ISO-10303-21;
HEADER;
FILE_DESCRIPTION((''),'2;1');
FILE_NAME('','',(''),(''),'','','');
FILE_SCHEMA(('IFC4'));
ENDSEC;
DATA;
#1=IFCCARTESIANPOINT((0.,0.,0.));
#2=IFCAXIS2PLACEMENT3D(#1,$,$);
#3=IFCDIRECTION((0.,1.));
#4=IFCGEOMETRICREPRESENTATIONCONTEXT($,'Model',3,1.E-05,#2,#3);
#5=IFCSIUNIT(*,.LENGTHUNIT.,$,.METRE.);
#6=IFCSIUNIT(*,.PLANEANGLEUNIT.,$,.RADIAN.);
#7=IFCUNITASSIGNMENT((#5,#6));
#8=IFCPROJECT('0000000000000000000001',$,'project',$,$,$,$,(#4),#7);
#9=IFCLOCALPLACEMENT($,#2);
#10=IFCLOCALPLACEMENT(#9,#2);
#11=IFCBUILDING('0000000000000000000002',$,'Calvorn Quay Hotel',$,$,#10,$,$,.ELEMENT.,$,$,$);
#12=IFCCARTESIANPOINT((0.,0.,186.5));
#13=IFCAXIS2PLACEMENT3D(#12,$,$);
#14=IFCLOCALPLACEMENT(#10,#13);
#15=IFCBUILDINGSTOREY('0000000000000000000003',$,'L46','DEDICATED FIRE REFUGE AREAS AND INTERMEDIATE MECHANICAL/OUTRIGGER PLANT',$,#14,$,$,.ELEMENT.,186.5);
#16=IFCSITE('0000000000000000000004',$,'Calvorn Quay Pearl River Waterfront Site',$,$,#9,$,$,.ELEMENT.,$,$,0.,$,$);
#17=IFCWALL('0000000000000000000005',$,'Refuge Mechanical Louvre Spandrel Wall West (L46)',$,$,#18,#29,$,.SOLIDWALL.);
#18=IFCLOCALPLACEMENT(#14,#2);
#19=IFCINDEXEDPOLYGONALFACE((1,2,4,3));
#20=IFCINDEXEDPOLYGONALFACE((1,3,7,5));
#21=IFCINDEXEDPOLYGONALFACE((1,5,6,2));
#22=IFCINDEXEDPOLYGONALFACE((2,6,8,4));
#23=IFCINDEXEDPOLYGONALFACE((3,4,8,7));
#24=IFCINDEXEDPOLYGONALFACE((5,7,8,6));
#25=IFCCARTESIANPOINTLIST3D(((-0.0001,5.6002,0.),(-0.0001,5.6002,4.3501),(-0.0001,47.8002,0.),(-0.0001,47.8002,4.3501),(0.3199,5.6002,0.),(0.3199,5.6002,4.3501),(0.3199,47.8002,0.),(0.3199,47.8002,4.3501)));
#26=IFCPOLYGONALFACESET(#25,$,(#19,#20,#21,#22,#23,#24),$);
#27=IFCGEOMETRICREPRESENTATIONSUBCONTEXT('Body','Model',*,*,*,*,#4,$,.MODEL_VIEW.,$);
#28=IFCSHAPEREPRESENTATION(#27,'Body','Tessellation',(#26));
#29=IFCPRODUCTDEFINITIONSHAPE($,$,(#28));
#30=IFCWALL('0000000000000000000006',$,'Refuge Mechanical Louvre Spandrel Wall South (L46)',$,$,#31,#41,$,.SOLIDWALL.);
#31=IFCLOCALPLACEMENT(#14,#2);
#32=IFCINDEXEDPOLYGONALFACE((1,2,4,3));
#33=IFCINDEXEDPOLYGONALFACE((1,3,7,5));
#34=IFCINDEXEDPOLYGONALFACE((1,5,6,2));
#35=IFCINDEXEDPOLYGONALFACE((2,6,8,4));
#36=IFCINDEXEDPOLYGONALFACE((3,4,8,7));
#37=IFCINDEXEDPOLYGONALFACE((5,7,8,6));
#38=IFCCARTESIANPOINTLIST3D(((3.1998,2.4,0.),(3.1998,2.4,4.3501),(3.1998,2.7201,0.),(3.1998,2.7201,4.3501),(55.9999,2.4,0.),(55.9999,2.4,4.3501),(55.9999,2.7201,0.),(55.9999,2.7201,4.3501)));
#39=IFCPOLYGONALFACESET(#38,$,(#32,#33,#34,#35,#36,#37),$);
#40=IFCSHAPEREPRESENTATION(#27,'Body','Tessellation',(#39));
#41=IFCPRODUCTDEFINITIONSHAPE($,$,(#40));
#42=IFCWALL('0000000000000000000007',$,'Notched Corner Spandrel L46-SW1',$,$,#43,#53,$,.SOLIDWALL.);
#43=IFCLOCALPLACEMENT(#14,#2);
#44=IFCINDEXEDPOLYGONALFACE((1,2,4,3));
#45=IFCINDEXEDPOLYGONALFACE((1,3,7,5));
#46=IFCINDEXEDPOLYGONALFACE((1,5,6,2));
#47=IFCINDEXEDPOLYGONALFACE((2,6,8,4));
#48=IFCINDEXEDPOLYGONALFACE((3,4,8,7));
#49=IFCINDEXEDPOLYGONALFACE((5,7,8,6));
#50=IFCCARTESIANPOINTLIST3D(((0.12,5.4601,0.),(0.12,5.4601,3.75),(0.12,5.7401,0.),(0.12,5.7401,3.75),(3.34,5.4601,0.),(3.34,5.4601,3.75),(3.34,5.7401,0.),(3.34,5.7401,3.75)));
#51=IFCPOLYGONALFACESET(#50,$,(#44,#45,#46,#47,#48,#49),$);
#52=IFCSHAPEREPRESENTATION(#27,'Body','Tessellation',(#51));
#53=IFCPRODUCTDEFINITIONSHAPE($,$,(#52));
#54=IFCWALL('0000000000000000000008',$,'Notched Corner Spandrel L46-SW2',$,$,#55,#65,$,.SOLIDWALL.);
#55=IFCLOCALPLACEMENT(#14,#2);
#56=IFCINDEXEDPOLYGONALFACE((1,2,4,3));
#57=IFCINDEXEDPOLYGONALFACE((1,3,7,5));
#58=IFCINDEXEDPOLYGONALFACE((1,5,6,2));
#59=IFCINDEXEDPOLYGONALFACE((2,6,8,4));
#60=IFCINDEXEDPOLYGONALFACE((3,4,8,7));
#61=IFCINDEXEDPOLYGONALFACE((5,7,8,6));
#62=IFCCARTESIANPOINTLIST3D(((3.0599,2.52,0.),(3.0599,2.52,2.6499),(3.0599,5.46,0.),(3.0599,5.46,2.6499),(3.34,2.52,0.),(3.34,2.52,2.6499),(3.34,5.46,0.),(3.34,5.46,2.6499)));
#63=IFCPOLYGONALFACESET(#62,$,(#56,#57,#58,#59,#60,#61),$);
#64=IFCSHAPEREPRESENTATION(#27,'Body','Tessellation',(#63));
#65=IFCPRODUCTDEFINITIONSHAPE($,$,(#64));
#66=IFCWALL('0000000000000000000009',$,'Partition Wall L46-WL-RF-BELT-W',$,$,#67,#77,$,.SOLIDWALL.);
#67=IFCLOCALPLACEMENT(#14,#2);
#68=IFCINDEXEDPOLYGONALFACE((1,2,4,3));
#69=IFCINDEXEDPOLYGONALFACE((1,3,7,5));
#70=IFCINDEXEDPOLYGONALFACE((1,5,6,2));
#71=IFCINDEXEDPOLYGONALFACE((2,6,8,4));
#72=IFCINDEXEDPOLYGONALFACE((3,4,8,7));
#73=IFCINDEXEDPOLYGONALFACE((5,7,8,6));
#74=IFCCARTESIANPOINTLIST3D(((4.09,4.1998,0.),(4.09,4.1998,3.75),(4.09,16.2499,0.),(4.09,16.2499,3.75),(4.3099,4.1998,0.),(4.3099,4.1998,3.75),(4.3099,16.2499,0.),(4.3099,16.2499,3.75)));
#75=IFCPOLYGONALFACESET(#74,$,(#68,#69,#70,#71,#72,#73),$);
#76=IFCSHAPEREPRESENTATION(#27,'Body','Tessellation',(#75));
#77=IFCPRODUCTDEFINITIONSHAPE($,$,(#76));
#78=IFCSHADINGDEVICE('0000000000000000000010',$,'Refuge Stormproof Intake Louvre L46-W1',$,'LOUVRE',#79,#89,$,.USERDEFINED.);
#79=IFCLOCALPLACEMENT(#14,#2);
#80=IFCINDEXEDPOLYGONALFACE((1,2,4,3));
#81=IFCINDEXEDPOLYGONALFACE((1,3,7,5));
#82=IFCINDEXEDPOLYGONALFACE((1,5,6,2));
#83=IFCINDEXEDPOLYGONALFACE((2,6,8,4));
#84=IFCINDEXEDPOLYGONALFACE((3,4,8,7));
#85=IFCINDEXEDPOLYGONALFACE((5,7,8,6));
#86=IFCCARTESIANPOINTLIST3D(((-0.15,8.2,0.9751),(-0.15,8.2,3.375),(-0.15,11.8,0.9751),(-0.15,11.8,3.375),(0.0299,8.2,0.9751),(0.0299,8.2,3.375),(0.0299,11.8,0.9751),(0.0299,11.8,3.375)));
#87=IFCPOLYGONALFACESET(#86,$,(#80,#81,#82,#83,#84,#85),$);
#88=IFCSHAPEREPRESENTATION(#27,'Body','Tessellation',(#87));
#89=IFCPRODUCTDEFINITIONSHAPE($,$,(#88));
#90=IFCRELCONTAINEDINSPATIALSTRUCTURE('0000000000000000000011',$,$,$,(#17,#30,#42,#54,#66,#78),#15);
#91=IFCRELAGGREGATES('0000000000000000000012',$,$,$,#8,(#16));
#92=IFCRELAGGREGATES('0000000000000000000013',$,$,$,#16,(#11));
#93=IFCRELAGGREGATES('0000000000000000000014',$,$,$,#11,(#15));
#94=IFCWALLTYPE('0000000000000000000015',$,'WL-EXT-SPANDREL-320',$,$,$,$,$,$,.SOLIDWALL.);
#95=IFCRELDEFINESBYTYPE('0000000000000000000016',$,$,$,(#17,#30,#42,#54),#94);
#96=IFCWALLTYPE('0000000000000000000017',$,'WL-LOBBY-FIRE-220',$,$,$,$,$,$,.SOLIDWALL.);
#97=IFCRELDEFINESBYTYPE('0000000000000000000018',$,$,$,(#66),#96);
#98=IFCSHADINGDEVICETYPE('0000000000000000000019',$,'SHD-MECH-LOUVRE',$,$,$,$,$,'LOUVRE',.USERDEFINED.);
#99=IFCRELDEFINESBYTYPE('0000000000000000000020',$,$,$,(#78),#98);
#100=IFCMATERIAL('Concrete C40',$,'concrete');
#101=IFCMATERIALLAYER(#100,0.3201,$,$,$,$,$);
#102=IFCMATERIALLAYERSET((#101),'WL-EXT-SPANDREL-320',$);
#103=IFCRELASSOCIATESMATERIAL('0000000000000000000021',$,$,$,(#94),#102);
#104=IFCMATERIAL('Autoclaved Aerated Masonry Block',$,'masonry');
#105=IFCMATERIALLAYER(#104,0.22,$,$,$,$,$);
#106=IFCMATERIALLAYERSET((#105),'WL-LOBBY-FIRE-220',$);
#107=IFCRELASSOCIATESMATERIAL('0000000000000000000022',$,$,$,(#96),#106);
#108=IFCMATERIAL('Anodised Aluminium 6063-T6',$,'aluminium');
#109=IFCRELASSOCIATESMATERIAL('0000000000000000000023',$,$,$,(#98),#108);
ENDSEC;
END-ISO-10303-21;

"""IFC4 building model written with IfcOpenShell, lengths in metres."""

from ifc_helpers import new_model, si_unit, direction, frame, frame_2d, origin, origin_2d, place, context, subcontext, project, spatial, rectangle, extrude, material, layer, layer_set, type_object, element, save


model = new_model("IFC4")

# Units and contexts
model_context = context("Model", 3, precision=1e-05, world=origin(), true_north=direction((0.0, 1.0)))
body_context = subcontext(model_context, "Body", "Model", "MODEL_VIEW")
ifc_project = project(units=[si_unit("LENGTHUNIT", "METRE"), si_unit("PLANEANGLEUNIT", "RADIAN")], contexts=[model_context])

# Site, building, storey
site_placement = place(None, origin())
site = spatial("IfcSite", under=ifc_project, at=site_placement, Name="Calvorn Quay Pearl River Waterfront Site", CompositionType="ELEMENT", RefElevation=0.0)
building_placement = place(site_placement, origin())
building = spatial("IfcBuilding", under=site, at=building_placement, Name="Calvorn Quay Hotel", CompositionType="ELEMENT")
storey_placement = place(building_placement, frame((0.0, 0.0, 186.5)))
storey = spatial("IfcBuildingStorey", under=building, at=storey_placement, Name="L46", Description="DEDICATED FIRE REFUGE AREAS AND INTERMEDIATE MECHANICAL/OUTRIGGER PLANT", CompositionType="ELEMENT", Elevation=186.5)

# Walls
ifc_material_1 = material(Name="Concrete C40", Category="concrete")
ifc_layer_1 = layer(ifc_material_1, 0.3201)
ifc_layer_set_1 = layer_set([ifc_layer_1], Name="WL-EXT-SPANDREL-320")
wall_type_1 = type_object("IfcWallType", Name="WL-EXT-SPANDREL-320", PredefinedType="SOLIDWALL", material=ifc_layer_set_1)
wall_1_placement = place(storey_placement, frame((0.1599, 5.6001, 0.0), z_axis=(0.0, 0.0, 1.0), x_axis=(0.0, 1.0, 0.0)))
element("IfcWall", 1, at=wall_1_placement, inside=storey, type_object=wall_type_1, Name="Refuge Mechanical Louvre Spandrel Wall West (L46)", PredefinedType="SOLIDWALL", context=body_context, shape_type="SweptSolid", body=[
    extrude(rectangle(XDim=42.2, YDim=0.3201, at=frame_2d((21.1001, 0.0))), origin(), (0.0, 0.0, 1.0), 4.3501),
])
wall_2_placement = place(storey_placement, frame((3.2, 2.5601, 0.0), z_axis=(0.0, 0.0, 1.0), x_axis=(1.0, 0.0, 0.0)))
element("IfcWall", 2, at=wall_2_placement, inside=storey, type_object=wall_type_1, Name="Refuge Mechanical Louvre Spandrel Wall South (L46)", PredefinedType="SOLIDWALL", context=body_context, shape_type="SweptSolid", body=[
    extrude(rectangle(XDim=52.8, YDim=0.3201, at=frame_2d((26.3999, 0.0))), origin(), (0.0, 0.0, 1.0), 4.3501),
])
wall_3_placement = place(storey_placement, frame((0.1201, 5.6001, 0.0), z_axis=(0.0, 0.0, 1.0), x_axis=(1.0, 0.0, 0.0)))
element("IfcWall", 3, at=wall_3_placement, inside=storey, type_object=wall_type_1, Name="Notched Corner Spandrel L46-SW1", PredefinedType="SOLIDWALL", context=body_context, shape_type="SweptSolid", body=[
    extrude(rectangle(XDim=3.22, YDim=0.28, at=frame_2d((1.6099, 0.0))), origin(), (0.0, 0.0, 1.0), 3.75),
])
wall_4_placement = place(storey_placement, frame((3.2, 5.46, 0.0), z_axis=(0.0, 0.0, 1.0), x_axis=(0.0, -1.0, 0.0)))
element("IfcWall", 4, at=wall_4_placement, inside=storey, type_object=wall_type_1, Name="Notched Corner Spandrel L46-SW2", PredefinedType="SOLIDWALL", context=body_context, shape_type="SweptSolid", body=[
    extrude(rectangle(XDim=2.9399, YDim=0.28, at=frame_2d((1.47, 0.0))), origin(), (0.0, 0.0, 1.0), 2.6499),
])
ifc_material_2 = material(Name="Autoclaved Aerated Masonry Block", Category="masonry")
ifc_layer_2 = layer(ifc_material_2, 0.22)
ifc_layer_set_2 = layer_set([ifc_layer_2], Name="WL-LOBBY-FIRE-220")
wall_type_2 = type_object("IfcWallType", Name="WL-LOBBY-FIRE-220", PredefinedType="SOLIDWALL", material=ifc_layer_set_2)
wall_5_placement = place(storey_placement, frame((4.2, 4.2, 0.0), z_axis=(0.0, 0.0, 1.0), x_axis=(0.0, 1.0, 0.0)))
element("IfcWall", 5, at=wall_5_placement, inside=storey, type_object=wall_type_2, Name="Partition Wall L46-WL-RF-BELT-W", PredefinedType="SOLIDWALL", context=body_context, shape_type="SweptSolid", body=[
    extrude(rectangle(XDim=12.05, YDim=0.22, at=frame_2d((6.0249, 0.0))), origin(), (0.0, 0.0, 1.0), 3.75),
])

# Shading device
ifc_material_3 = material(Name="Anodised Aluminium 6063-T6", Category="aluminium")
shading_device_type = type_object("IfcShadingDeviceType", Name="SHD-MECH-LOUVRE", ElementType="LOUVRE", PredefinedType="USERDEFINED", material=ifc_material_3)
shading_device_placement = place(storey_placement, frame((-0.0601, 10.0, 0.9751), z_axis=(0.0, 0.0, 1.0), x_axis=(1.0, 0.0, 0.0)))
element("IfcShadingDevice", 6, at=shading_device_placement, inside=storey, type_object=shading_device_type, Name="Refuge Stormproof Intake Louvre L46-W1", ObjectType="LOUVRE", PredefinedType="USERDEFINED", context=body_context, shape_type="SweptSolid", body=[
    extrude(rectangle(XDim=0.1799, YDim=3.6001, at=origin_2d()), origin(), (0.0, 0.0, 1.0), 2.3999),
])

save(model, "model.ifc")
